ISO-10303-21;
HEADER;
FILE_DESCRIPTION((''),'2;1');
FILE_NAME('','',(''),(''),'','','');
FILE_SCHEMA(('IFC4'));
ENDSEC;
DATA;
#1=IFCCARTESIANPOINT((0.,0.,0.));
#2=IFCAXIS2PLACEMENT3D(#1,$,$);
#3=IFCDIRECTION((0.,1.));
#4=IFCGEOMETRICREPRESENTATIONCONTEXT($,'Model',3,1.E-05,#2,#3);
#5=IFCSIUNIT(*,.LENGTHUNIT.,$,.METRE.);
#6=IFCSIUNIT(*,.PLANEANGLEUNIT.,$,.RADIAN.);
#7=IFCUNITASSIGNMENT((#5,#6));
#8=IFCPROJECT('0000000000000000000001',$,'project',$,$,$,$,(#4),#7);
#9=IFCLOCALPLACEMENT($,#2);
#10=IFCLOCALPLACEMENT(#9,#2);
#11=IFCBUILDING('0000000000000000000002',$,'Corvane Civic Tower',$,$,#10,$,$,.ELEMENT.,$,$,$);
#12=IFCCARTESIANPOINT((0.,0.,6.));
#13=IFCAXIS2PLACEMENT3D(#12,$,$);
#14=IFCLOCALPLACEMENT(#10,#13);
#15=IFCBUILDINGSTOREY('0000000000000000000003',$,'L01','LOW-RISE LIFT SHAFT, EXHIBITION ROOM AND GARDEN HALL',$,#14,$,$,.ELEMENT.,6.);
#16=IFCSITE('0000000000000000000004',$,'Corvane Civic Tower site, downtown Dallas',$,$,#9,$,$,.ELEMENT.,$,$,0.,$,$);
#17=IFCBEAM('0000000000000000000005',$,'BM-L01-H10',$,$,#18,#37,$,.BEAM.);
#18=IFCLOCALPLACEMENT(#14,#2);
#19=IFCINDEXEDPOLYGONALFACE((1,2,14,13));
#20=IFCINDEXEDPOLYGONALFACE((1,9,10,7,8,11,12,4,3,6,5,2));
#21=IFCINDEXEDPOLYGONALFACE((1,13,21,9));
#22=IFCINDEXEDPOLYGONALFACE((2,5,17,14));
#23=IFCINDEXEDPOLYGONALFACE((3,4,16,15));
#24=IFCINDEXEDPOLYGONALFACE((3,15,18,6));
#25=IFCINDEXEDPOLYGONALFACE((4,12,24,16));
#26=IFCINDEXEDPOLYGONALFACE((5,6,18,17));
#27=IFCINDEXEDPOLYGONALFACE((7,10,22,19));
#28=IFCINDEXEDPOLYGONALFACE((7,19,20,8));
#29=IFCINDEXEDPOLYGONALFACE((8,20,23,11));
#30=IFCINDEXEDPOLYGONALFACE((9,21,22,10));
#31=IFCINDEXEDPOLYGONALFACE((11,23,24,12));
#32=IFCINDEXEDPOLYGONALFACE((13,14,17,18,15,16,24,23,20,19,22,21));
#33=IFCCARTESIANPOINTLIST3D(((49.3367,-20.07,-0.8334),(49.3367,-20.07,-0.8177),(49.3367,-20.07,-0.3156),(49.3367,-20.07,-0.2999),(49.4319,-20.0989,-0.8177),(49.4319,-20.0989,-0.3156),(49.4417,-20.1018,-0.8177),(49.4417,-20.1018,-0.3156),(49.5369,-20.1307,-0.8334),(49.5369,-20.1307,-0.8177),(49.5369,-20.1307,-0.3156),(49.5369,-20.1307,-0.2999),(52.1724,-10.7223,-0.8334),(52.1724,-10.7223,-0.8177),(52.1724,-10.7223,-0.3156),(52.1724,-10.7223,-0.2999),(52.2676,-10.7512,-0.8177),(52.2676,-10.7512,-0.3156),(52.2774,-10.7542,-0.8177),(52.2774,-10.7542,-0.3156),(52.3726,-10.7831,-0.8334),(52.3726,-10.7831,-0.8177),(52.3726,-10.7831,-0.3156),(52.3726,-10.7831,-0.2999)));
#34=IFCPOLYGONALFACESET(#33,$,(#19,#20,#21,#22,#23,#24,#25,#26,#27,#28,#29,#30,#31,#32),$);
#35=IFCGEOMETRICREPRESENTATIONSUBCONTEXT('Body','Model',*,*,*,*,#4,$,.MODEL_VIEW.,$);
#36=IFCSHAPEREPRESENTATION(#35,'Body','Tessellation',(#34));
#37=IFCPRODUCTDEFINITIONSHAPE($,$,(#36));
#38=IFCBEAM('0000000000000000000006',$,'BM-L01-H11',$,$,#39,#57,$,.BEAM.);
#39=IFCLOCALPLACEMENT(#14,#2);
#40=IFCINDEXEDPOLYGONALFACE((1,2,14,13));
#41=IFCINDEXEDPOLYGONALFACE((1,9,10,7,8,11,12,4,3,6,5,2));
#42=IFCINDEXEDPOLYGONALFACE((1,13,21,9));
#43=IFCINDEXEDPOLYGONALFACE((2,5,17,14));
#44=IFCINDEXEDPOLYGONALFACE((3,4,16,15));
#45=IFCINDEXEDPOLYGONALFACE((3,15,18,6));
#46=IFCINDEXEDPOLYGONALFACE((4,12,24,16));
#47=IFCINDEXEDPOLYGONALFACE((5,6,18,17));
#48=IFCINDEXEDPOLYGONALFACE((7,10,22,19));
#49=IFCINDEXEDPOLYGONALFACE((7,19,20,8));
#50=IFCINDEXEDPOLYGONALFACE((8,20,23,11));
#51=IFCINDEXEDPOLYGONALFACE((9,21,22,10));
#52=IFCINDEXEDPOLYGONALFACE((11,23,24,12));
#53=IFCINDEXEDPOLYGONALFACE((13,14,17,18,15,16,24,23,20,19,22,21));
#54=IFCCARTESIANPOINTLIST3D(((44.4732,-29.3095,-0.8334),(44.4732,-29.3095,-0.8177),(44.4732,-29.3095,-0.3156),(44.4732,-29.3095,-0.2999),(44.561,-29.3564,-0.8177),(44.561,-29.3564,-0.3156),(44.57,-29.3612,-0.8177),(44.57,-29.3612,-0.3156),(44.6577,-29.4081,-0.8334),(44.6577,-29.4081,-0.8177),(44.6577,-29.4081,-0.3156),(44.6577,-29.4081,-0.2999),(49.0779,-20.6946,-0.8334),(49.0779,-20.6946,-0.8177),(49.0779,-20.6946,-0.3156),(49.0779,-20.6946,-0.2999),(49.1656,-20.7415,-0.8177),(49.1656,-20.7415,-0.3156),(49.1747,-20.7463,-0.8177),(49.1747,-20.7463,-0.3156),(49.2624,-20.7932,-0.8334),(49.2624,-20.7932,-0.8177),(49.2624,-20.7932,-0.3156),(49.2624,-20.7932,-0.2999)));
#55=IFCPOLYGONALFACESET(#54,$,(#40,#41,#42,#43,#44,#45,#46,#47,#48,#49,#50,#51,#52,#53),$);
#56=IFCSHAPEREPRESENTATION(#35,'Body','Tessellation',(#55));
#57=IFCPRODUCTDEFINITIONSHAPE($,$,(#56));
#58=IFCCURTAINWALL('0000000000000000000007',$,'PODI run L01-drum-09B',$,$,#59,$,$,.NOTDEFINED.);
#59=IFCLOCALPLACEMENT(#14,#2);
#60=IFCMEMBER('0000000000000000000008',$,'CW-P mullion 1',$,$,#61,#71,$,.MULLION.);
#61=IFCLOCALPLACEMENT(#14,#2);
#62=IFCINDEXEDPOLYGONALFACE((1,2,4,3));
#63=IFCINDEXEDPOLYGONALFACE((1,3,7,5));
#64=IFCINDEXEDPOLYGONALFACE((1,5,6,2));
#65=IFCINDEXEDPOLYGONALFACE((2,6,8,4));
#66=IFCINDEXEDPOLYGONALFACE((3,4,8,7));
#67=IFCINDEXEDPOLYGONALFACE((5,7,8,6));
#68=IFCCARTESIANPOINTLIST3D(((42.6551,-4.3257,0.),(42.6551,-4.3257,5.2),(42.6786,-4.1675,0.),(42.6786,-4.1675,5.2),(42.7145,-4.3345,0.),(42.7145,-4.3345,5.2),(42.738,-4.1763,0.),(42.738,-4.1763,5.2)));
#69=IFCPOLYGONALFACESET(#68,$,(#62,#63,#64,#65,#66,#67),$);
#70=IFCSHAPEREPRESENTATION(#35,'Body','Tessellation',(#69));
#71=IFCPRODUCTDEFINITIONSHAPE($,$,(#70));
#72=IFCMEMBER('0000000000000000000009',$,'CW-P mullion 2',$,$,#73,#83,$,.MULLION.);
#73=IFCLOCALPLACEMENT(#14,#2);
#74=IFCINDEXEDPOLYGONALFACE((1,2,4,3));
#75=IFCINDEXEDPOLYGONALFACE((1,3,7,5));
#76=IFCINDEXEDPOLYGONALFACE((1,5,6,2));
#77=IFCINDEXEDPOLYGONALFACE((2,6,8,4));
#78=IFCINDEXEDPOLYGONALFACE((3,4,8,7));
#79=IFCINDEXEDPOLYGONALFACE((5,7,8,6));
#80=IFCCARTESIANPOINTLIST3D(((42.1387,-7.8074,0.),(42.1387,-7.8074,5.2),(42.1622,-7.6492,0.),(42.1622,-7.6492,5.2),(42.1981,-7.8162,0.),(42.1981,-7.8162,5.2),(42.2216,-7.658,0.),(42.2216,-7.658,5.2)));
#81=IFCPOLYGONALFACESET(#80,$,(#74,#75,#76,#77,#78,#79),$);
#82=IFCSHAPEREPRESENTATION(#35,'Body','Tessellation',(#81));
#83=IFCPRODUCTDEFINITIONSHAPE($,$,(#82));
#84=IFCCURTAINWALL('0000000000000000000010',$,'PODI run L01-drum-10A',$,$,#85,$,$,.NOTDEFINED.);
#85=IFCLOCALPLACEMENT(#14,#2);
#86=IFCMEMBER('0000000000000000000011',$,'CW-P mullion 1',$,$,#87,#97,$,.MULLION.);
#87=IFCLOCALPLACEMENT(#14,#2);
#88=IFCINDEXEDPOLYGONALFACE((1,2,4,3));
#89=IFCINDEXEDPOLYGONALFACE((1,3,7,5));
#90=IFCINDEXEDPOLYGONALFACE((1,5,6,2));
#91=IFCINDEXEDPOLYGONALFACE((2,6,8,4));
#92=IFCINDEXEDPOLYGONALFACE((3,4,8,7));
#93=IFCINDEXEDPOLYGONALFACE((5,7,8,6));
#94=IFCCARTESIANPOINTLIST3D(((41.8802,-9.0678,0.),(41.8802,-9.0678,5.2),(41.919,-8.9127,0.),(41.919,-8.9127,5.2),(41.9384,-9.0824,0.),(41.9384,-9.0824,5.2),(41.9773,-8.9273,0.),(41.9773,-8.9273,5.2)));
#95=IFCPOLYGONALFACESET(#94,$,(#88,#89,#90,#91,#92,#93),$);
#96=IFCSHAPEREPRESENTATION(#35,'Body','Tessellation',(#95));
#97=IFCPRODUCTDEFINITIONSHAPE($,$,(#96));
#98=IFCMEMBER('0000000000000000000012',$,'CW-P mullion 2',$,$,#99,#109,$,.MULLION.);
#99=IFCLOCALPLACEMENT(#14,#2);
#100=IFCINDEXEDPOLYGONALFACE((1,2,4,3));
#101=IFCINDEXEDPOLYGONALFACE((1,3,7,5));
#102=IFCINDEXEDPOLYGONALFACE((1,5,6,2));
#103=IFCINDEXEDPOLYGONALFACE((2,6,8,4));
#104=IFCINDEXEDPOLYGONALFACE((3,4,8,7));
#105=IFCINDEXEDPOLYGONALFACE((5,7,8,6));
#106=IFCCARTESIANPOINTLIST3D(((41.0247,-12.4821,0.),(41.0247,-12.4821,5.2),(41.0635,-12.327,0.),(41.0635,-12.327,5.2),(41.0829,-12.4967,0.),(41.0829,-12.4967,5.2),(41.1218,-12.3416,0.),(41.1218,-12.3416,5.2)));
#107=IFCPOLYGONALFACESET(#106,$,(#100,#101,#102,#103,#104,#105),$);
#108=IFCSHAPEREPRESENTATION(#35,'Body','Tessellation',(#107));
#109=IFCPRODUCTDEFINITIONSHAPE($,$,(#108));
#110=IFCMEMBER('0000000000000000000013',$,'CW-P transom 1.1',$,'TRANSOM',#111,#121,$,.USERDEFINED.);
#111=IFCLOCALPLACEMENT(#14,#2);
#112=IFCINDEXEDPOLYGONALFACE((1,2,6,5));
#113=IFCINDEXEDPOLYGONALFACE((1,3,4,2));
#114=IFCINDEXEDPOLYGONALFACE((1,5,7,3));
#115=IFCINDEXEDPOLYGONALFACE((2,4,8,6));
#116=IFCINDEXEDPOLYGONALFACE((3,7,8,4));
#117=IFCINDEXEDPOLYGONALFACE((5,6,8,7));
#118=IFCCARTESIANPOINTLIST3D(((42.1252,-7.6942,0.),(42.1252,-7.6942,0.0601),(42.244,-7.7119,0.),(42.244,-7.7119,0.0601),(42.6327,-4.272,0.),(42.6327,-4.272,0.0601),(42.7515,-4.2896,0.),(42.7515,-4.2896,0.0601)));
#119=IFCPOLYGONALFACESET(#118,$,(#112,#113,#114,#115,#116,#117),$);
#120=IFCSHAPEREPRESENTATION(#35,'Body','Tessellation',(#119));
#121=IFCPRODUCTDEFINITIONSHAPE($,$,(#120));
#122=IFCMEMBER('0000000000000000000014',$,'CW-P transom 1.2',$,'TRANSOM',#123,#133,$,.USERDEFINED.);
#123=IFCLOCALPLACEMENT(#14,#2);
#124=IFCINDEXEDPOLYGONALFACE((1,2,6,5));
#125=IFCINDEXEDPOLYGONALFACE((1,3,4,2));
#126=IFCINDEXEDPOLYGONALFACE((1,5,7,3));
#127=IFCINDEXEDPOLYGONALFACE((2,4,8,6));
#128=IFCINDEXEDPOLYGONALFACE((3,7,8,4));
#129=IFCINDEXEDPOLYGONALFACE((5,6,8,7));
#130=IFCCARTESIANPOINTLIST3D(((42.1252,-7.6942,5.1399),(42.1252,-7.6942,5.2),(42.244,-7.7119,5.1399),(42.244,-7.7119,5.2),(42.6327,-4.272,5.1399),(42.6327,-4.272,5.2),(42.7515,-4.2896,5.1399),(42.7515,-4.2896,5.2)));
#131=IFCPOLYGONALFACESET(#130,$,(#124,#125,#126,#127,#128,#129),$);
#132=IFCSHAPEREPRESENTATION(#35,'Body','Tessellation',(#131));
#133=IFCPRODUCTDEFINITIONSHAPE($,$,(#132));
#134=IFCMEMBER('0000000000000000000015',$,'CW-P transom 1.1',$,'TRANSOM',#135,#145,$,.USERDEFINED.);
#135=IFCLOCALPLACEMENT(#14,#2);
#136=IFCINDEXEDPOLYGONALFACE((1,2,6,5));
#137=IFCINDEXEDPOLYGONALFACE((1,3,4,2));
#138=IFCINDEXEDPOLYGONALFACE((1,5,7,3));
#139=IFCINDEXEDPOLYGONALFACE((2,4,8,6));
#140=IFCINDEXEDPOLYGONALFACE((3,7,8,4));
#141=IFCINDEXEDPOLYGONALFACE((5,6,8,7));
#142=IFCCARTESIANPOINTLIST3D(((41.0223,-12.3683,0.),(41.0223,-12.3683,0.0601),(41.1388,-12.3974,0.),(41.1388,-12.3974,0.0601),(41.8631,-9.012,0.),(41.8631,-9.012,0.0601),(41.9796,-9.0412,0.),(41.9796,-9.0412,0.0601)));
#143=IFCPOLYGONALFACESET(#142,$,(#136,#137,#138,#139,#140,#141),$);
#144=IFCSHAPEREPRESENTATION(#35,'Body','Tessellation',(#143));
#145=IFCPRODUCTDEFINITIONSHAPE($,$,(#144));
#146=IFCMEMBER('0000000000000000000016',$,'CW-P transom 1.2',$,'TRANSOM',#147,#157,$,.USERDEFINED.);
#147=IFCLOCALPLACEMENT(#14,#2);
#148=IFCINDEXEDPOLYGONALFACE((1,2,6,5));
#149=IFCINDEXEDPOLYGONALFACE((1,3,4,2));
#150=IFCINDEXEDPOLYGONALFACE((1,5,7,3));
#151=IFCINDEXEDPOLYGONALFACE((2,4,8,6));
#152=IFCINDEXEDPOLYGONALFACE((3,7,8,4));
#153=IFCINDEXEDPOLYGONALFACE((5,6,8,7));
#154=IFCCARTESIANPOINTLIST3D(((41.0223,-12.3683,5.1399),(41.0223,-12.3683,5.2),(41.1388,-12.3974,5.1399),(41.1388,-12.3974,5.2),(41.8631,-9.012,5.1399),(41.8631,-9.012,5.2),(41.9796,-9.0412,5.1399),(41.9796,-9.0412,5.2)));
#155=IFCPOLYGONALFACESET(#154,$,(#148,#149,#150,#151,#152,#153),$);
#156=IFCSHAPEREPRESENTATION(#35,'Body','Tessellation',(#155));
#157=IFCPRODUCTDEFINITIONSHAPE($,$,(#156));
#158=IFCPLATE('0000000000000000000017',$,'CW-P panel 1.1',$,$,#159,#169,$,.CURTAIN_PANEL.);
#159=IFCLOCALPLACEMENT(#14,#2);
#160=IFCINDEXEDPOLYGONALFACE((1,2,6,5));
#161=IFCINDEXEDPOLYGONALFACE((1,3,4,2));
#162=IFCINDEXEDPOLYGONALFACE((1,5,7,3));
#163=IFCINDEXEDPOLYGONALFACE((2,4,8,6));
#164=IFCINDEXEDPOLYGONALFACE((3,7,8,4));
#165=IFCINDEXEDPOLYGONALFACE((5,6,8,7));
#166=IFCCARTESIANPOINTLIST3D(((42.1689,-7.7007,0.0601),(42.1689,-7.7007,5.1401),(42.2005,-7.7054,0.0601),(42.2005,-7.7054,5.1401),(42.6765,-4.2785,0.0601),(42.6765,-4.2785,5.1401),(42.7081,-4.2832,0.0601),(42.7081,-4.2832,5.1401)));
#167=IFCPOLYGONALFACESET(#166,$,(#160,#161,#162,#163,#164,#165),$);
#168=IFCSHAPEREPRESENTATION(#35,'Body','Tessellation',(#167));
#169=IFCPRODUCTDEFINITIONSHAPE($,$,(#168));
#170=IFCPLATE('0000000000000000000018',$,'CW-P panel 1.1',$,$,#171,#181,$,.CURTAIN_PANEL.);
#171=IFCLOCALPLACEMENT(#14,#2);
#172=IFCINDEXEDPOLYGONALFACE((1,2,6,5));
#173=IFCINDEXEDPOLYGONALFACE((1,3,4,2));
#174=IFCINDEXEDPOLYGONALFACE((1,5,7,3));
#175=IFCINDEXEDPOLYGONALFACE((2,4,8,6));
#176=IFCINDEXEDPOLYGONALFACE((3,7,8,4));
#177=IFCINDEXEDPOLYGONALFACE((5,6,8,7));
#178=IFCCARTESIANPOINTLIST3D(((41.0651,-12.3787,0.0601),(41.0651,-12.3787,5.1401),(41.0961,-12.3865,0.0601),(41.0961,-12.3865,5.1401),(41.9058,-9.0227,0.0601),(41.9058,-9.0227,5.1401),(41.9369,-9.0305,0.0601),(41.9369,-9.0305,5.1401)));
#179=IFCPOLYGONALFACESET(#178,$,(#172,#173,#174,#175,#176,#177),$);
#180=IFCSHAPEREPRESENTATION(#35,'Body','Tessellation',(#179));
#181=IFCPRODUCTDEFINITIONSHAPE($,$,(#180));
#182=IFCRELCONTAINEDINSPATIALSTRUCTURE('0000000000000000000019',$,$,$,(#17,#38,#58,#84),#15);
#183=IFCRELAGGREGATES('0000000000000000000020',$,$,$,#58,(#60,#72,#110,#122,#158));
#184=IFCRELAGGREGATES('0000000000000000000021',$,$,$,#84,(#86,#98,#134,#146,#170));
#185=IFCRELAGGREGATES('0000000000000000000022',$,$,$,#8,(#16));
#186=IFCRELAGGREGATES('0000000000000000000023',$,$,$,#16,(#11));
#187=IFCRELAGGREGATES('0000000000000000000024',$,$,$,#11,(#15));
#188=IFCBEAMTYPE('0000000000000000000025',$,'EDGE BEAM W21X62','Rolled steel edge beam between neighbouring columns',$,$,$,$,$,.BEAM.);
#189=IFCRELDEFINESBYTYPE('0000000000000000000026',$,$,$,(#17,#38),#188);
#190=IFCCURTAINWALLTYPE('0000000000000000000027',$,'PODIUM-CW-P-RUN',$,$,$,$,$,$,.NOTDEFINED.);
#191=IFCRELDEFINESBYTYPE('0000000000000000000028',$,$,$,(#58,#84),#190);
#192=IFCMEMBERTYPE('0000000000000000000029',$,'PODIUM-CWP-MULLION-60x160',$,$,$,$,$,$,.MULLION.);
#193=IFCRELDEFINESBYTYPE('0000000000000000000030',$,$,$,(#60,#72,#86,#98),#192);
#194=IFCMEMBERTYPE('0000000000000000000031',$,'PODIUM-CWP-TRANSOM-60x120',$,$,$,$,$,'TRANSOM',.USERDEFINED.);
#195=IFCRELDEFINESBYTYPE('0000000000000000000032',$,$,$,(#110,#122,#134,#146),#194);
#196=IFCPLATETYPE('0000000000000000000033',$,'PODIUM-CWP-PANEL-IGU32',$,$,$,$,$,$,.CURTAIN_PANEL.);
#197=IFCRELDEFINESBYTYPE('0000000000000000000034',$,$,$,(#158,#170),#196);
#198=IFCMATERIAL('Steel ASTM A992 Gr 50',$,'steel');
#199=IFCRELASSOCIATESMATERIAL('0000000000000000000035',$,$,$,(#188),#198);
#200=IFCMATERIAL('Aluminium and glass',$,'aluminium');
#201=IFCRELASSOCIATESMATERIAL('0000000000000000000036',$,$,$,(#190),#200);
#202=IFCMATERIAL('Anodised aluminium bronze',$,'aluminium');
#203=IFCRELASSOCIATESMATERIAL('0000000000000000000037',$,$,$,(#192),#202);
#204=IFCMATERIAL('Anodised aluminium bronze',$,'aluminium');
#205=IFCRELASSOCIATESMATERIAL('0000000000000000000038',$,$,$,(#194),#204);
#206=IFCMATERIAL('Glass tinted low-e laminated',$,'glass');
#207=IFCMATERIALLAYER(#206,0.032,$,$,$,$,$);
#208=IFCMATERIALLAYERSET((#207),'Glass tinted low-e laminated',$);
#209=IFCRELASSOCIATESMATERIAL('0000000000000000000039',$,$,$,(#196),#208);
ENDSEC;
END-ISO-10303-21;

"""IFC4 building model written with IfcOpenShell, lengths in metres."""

from ifc_helpers import new_model, si_unit, direction, frame, origin, origin_2d, place, context, subcontext, project, spatial, rectangle, i_section, extrude, material, layer, layer_set, material_profile, profile_set, type_object, element, aggregate, save


model = new_model("IFC4")

# Units and contexts
model_context = context("Model", 3, precision=1e-05, world=origin(), true_north=direction((0.0, 1.0)))
body_context = subcontext(model_context, "Body", "Model", "MODEL_VIEW")
ifc_project = project(units=[si_unit("LENGTHUNIT", "METRE"), si_unit("PLANEANGLEUNIT", "RADIAN")], contexts=[model_context])

# Site, building, storey
site_placement = place(None, origin())
site = spatial("IfcSite", under=ifc_project, at=site_placement, Name="Corvane Civic Tower site, downtown Dallas", CompositionType="ELEMENT", RefElevation=0.0)
building_placement = place(site_placement, origin())
building = spatial("IfcBuilding", under=site, at=building_placement, Name="Corvane Civic Tower", CompositionType="ELEMENT")
storey_placement = place(building_placement, frame((0.0, 0.0, 6.0)))
storey = spatial("IfcBuildingStorey", under=building, at=storey_placement, Name="L01", Description="LOW-RISE LIFT SHAFT, EXHIBITION ROOM AND GARDEN HALL", CompositionType="ELEMENT", Elevation=6.0)

# Beams
ifc_material_1 = material(Name="Steel ASTM A992 Gr 50", Category="steel")
ifc_material_profile_1 = material_profile(ifc_material_1, i_section(OverallWidth=0.2092, OverallDepth=0.5334, WebThickness=0.0103, FlangeThickness=0.0156, at=origin_2d()), Name="W21X62")
ifc_profile_set_1 = profile_set([ifc_material_profile_1], Name="Steel ASTM A992 Gr 50")
beam_type_1 = type_object("IfcBeamType", Name="EDGE BEAM W21X62", Description="Rolled steel edge beam between neighbouring columns", PredefinedType="BEAM", material=ifc_profile_set_1)
for number, where, z_axis, x_axis, name in (
    (1, (52.2725, -10.7527, -0.5667), (-0.290295, -0.956937, 0.0), (0.956937, -0.290295, 0.0), "BM-L01-H10"),
    (2, (49.1702, -20.7439, -0.5667), (-0.471391, -0.881924, 0.0), (0.881924, -0.471391, 0.0), "BM-L01-H11"),
):
    element("IfcBeam", number, at=place(storey_placement, frame(where, z_axis=z_axis, x_axis=x_axis)), inside=storey, type_object=beam_type_1, Name=name, PredefinedType="BEAM", context=body_context, shape_type="SweptSolid", body=[
        extrude(i_section(OverallWidth=0.2092, OverallDepth=0.5334, WebThickness=0.0103, FlangeThickness=0.0156, at=origin_2d()), origin(), (0.0, 0.0, 1.0), 9.7683),
    ])

# Curtain walls, members
ifc_material_2 = material(Name="Aluminium and glass", Category="aluminium")
curtain_wall_type = type_object("IfcCurtainWallType", Name="PODIUM-CW-P-RUN", PredefinedType="NOTDEFINED", material=ifc_material_2)
curtain_wall_1_placement = place(storey_placement, origin())
curtain_wall_1 = element("IfcCurtainWall", 3, at=curtain_wall_1_placement, inside=storey, type_object=curtain_wall_type, Name="PODI run L01-drum-09B", PredefinedType="NOTDEFINED")
ifc_material_3 = material(Name="Anodised aluminium bronze", Category="aluminium")
ifc_material_profile_2 = material_profile(ifc_material_3, rectangle(XDim=0.0601, YDim=0.1599, at=origin_2d()), Name="AL 60x160")
ifc_profile_set_2 = profile_set([ifc_material_profile_2], Name="Anodised aluminium bronze")
member_type_1 = type_object("IfcMemberType", Name="PODIUM-CWP-MULLION-60x160", PredefinedType="MULLION", material=ifc_profile_set_2)
member_1_placement = place(storey_placement, frame((42.6965, -4.251, 0.0), z_axis=(0.0, 0.0, 1.0), x_axis=(0.989179, -0.146715, 0.0)))
member_1 = element("IfcMember", 4, at=member_1_placement, type_object=member_type_1, Name="CW-P mullion 1", PredefinedType="MULLION", context=body_context, shape_type="SweptSolid", body=[
    extrude(rectangle(XDim=0.0601, YDim=0.1599, at=origin_2d()), origin(), (0.0, 0.0, 1.0), 5.2),
])
member_2_placement = place(storey_placement, frame((42.1802, -7.7327, 0.0), z_axis=(0.0, 0.0, 1.0), x_axis=(0.989179, -0.146715, 0.0)))
member_2 = element("IfcMember", 5, at=member_2_placement, type_object=member_type_1, Name="CW-P mullion 2", PredefinedType="MULLION", context=body_context, shape_type="SweptSolid", body=[
    extrude(rectangle(XDim=0.0601, YDim=0.1599, at=origin_2d()), origin(), (0.0, 0.0, 1.0), 5.2),
])
curtain_wall_2_placement = place(storey_placement, origin())
curtain_wall_2 = element("IfcCurtainWall", 6, at=curtain_wall_2_placement, inside=storey, type_object=curtain_wall_type, Name="PODI run L01-drum-10A", PredefinedType="NOTDEFINED")
member_3_placement = place(storey_placement, frame((41.9287, -8.9976, 0.0), z_axis=(0.0, 0.0, 1.0), x_axis=(0.970024, -0.243009, 0.0)))
member_3 = element("IfcMember", 7, at=member_3_placement, type_object=member_type_1, Name="CW-P mullion 1", PredefinedType="MULLION", context=body_context, shape_type="SweptSolid", body=[
    extrude(rectangle(XDim=0.0601, YDim=0.1599, at=origin_2d()), origin(), (0.0, 0.0, 1.0), 5.2),
])
member_4_placement = place(storey_placement, frame((41.0732, -12.4119, 0.0), z_axis=(0.0, 0.0, 1.0), x_axis=(0.970024, -0.243009, 0.0)))
member_4 = element("IfcMember", 8, at=member_4_placement, type_object=member_type_1, Name="CW-P mullion 2", PredefinedType="MULLION", context=body_context, shape_type="SweptSolid", body=[
    extrude(rectangle(XDim=0.0601, YDim=0.1599, at=origin_2d()), origin(), (0.0, 0.0, 1.0), 5.2),
])

# Members
ifc_material_4 = material(Name="Anodised aluminium bronze", Category="aluminium")
ifc_material_profile_3 = material_profile(ifc_material_4, rectangle(XDim=0.1201, YDim=0.0601, at=origin_2d()), Name="AL 120x60")
ifc_profile_set_3 = profile_set([ifc_material_profile_3], Name="Anodised aluminium bronze")
member_type_2 = type_object("IfcMemberType", Name="PODIUM-CWP-TRANSOM-60x120", ElementType="TRANSOM", PredefinedType="USERDEFINED", material=ifc_profile_set_3)
member_5_placement = place(storey_placement, frame((42.6921, -4.2808, 0.03), z_axis=(-0.146705, -0.98918, 0.0), x_axis=(0.98918, -0.146705, 0.0)))
member_5 = element("IfcMember", 9, at=member_5_placement, type_object=member_type_2, Name="CW-P transom 1.1", ObjectType="TRANSOM", PredefinedType="USERDEFINED", context=body_context, shape_type="SweptSolid", body=[
    extrude(rectangle(XDim=0.1201, YDim=0.0601, at=origin_2d()), origin(), (0.0, 0.0, 1.0), 3.4597),
])
member_6_placement = place(storey_placement, frame((42.6921, -4.2808, 5.1699), z_axis=(-0.146705, -0.98918, 0.0), x_axis=(0.98918, -0.146705, 0.0)))
member_6 = element("IfcMember", 10, at=member_6_placement, type_object=member_type_2, Name="CW-P transom 1.2", ObjectType="TRANSOM", PredefinedType="USERDEFINED", context=body_context, shape_type="SweptSolid", body=[
    extrude(rectangle(XDim=0.1201, YDim=0.0601, at=origin_2d()), origin(), (0.0, 0.0, 1.0), 3.4597),
])
member_7_placement = place(storey_placement, frame((41.9214, -9.0266, 0.03), z_axis=(-0.243017, -0.970022, 0.0), x_axis=(0.970022, -0.243017, 0.0)))
member_7 = element("IfcMember", 11, at=member_7_placement, type_object=member_type_2, Name="CW-P transom 1.1", ObjectType="TRANSOM", PredefinedType="USERDEFINED", context=body_context, shape_type="SweptSolid", body=[
    extrude(rectangle(XDim=0.1201, YDim=0.0601, at=origin_2d()), origin(), (0.0, 0.0, 1.0), 3.46),
])
member_8_placement = place(storey_placement, frame((41.9214, -9.0266, 5.1699), z_axis=(-0.243017, -0.970022, 0.0), x_axis=(0.970022, -0.243017, 0.0)))
member_8 = element("IfcMember", 12, at=member_8_placement, type_object=member_type_2, Name="CW-P transom 1.2", ObjectType="TRANSOM", PredefinedType="USERDEFINED", context=body_context, shape_type="SweptSolid", body=[
    extrude(rectangle(XDim=0.1201, YDim=0.0601, at=origin_2d()), origin(), (0.0, 0.0, 1.0), 3.46),
])

# Plates
ifc_material_5 = material(Name="Glass tinted low-e laminated", Category="glass")
ifc_layer_1 = layer(ifc_material_5, 0.032)
ifc_layer_set_1 = layer_set([ifc_layer_1], Name="Glass tinted low-e laminated")
plate_type = type_object("IfcPlateType", Name="PODIUM-CWP-PANEL-IGU32", PredefinedType="CURTAIN_PANEL", material=ifc_layer_set_1)
plate_1_placement = place(storey_placement, frame((42.4385, -5.9919, 0.0601), z_axis=(0.0, 0.0, 1.0), x_axis=(-0.146715, -0.989179, 0.0)))
plate_1 = element("IfcPlate", 13, at=plate_1_placement, type_object=plate_type, Name="CW-P panel 1.1", PredefinedType="CURTAIN_PANEL", context=body_context, shape_type="SweptSolid", body=[
    extrude(rectangle(XDim=3.4597, YDim=0.032, at=origin_2d()), origin(), (0.0, 0.0, 1.0), 5.0801),
])
aggregate(curtain_wall_1, [member_1, member_2, member_5, member_6, plate_1])
plate_2_placement = place(storey_placement, frame((41.501, -10.7046, 0.0601), z_axis=(0.0, 0.0, 1.0), x_axis=(-0.243009, -0.970024, 0.0)))
plate_2 = element("IfcPlate", 14, at=plate_2_placement, type_object=plate_type, Name="CW-P panel 1.1", PredefinedType="CURTAIN_PANEL", context=body_context, shape_type="SweptSolid", body=[
    extrude(rectangle(XDim=3.4597, YDim=0.032, at=origin_2d()), origin(), (0.0, 0.0, 1.0), 5.0801),
])
aggregate(curtain_wall_2, [member_3, member_4, member_7, member_8, plate_2])

save(model, "model.ifc")
